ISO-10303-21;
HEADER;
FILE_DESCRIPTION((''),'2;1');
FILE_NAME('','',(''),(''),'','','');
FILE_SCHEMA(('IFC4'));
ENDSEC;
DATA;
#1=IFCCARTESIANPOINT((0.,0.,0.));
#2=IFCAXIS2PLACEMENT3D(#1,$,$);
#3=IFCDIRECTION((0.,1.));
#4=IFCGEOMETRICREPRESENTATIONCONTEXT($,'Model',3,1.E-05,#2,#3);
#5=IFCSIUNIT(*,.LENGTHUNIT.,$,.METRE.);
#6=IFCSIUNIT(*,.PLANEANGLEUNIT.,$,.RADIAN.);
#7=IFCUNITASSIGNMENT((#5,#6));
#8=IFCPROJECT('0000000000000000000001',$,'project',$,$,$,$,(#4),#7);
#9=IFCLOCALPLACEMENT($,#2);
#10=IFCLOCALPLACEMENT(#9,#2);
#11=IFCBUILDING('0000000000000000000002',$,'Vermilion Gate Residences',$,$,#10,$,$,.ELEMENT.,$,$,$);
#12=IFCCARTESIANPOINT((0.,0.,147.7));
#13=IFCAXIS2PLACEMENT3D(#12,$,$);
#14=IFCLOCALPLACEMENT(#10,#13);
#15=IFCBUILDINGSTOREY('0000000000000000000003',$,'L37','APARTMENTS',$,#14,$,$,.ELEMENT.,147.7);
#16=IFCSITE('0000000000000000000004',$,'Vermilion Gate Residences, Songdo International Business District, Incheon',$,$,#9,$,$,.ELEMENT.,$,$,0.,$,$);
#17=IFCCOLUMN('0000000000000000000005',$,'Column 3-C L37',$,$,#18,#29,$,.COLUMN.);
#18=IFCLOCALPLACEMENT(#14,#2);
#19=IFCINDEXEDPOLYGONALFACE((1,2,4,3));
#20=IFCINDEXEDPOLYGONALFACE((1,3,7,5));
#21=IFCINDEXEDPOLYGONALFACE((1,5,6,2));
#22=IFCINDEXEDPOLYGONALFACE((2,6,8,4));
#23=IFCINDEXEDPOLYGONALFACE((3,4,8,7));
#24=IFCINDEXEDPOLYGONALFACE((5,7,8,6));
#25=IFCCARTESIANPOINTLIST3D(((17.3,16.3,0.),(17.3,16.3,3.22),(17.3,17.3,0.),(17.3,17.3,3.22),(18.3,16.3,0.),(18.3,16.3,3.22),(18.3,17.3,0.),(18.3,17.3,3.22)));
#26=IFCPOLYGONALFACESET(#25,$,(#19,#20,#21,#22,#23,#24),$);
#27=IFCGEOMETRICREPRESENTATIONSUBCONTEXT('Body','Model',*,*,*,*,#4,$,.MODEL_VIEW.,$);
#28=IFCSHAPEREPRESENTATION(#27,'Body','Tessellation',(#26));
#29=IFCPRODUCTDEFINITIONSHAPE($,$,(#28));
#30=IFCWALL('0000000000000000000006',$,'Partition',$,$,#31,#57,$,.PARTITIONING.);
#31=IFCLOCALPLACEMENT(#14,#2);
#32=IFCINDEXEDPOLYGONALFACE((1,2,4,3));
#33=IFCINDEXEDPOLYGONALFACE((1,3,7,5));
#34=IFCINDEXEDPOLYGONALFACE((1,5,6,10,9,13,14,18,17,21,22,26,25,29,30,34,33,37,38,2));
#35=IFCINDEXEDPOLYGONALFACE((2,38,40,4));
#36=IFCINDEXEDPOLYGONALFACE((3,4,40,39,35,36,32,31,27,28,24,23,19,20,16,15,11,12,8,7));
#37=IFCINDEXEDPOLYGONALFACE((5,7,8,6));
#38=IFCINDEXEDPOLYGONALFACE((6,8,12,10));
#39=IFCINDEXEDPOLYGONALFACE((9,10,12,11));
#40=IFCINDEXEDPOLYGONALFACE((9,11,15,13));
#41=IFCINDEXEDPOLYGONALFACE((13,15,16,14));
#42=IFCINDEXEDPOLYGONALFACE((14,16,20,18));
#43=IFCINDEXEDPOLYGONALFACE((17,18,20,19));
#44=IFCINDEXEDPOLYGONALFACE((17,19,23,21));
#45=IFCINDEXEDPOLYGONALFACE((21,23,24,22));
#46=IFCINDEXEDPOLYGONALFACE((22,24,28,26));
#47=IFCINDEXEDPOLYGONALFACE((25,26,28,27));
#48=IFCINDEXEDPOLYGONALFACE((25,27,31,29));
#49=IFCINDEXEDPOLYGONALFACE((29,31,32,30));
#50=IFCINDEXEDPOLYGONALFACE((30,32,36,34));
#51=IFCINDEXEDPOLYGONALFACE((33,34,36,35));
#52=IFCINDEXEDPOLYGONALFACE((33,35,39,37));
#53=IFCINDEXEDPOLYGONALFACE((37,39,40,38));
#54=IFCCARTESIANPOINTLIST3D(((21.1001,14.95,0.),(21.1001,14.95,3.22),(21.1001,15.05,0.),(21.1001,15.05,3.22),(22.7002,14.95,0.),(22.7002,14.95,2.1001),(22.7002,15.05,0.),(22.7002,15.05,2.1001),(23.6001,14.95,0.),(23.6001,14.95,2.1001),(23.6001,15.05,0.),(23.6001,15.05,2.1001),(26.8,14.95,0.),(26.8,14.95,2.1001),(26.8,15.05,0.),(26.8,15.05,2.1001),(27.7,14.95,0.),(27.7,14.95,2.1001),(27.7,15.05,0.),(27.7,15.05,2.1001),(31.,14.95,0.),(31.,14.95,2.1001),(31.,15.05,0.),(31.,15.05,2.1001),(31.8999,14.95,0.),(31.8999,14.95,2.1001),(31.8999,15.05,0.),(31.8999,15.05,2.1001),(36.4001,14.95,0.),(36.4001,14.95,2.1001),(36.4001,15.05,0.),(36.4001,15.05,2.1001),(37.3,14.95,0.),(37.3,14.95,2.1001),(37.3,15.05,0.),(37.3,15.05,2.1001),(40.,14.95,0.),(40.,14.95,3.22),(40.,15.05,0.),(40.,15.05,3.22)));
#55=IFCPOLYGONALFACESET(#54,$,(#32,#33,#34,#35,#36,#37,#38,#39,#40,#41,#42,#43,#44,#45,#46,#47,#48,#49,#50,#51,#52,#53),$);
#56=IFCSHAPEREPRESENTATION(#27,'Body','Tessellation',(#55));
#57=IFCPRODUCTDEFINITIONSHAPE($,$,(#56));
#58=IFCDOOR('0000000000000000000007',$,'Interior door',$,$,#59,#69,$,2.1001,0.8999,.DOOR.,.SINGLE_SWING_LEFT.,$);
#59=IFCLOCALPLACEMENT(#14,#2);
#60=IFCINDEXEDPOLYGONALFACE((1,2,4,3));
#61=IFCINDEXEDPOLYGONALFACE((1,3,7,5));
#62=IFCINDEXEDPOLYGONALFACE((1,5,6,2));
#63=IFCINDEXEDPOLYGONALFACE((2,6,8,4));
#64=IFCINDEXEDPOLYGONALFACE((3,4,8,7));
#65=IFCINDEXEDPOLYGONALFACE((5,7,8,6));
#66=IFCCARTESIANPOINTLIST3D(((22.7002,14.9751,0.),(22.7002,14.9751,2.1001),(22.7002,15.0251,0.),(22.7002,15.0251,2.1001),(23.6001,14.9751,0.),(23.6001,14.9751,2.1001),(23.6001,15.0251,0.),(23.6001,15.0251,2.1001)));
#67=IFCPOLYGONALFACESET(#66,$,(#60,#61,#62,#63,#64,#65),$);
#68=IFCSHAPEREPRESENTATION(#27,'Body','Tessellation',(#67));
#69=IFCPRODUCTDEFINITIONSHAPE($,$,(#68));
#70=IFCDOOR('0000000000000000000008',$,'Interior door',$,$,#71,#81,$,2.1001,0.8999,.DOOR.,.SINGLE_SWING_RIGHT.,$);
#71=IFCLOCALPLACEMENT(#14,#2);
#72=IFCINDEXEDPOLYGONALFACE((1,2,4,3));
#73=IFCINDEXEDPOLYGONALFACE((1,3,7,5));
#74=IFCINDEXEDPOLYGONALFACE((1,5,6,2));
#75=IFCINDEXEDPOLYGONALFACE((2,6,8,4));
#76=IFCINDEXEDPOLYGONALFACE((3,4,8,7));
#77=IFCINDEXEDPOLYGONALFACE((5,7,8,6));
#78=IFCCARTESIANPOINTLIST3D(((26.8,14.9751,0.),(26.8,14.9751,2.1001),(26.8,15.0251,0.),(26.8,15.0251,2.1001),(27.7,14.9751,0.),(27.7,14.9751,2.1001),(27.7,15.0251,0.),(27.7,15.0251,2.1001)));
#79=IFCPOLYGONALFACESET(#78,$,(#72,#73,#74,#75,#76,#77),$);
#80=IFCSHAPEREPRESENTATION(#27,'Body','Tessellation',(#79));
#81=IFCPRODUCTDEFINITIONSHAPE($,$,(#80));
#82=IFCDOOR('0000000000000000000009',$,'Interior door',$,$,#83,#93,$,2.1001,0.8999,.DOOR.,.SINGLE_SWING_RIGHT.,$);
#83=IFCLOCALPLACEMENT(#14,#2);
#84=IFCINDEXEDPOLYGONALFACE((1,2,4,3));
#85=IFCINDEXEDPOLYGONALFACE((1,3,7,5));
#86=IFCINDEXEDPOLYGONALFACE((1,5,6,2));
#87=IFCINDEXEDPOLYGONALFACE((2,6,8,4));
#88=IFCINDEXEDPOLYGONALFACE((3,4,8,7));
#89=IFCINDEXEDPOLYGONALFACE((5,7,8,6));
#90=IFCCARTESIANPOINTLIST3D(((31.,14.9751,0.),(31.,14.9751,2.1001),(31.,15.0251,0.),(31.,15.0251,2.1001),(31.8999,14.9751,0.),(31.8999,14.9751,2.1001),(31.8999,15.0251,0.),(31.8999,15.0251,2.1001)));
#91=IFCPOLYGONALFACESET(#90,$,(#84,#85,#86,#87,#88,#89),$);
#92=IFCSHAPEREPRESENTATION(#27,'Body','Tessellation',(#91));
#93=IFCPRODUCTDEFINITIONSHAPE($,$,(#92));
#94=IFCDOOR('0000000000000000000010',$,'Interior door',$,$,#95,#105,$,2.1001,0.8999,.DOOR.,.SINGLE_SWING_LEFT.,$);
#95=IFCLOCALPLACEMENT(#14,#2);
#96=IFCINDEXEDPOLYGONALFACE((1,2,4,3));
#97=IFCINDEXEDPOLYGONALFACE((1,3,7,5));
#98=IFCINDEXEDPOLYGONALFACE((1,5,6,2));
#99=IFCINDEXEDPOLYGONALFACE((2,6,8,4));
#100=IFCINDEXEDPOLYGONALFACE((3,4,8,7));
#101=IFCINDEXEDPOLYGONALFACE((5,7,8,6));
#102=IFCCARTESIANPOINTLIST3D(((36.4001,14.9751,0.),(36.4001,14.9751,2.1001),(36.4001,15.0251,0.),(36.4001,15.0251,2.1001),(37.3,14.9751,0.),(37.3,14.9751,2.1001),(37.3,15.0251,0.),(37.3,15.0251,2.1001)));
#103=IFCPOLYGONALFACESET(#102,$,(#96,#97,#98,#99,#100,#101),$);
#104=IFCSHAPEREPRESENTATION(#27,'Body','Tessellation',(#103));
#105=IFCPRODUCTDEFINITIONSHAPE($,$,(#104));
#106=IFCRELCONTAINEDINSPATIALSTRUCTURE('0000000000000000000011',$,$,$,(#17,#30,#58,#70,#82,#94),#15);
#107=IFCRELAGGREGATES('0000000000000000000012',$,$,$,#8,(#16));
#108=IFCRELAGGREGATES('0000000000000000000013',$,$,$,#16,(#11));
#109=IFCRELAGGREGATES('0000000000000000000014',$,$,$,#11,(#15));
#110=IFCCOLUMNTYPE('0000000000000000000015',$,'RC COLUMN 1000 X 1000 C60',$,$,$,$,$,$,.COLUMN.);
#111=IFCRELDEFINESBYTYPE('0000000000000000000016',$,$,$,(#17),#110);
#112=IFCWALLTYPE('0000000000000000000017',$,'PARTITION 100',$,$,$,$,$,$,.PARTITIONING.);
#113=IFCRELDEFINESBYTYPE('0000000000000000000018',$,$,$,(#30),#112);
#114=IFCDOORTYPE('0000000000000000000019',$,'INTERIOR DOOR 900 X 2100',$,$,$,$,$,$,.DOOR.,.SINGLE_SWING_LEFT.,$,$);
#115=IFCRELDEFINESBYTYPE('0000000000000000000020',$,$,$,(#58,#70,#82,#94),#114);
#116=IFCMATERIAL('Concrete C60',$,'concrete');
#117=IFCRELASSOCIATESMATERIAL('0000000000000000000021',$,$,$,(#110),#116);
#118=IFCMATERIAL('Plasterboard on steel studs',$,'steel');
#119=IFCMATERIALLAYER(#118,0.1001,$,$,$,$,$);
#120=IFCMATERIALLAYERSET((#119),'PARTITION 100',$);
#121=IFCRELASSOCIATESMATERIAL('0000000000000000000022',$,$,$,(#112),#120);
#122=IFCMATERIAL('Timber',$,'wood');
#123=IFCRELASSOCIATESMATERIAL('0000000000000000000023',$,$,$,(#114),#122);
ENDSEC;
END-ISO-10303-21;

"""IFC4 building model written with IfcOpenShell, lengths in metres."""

from ifc_helpers import new_model, si_unit, direction, frame, frame_2d, origin, origin_2d, place, context, subcontext, project, spatial, rectangle, extrude, material, layer, layer_set, material_profile, profile_set, type_object, element, fill, save


model = new_model("IFC4")

# Units and contexts
model_context = context("Model", 3, precision=1e-05, world=origin(), true_north=direction((0.0, 1.0)))
body_context = subcontext(model_context, "Body", "Model", "MODEL_VIEW")
ifc_project = project(units=[si_unit("LENGTHUNIT", "METRE"), si_unit("PLANEANGLEUNIT", "RADIAN")], contexts=[model_context])

# Site, building, storey
site_placement = place(None, origin())
site = spatial("IfcSite", under=ifc_project, at=site_placement, Name="Vermilion Gate Residences, Songdo International Business District, Incheon", CompositionType="ELEMENT", RefElevation=0.0)
building_placement = place(site_placement, origin())
building = spatial("IfcBuilding", under=site, at=building_placement, Name="Vermilion Gate Residences", CompositionType="ELEMENT")
storey_placement = place(building_placement, frame((0.0, 0.0, 147.7)))
storey = spatial("IfcBuildingStorey", under=building, at=storey_placement, Name="L37", Description="APARTMENTS", CompositionType="ELEMENT", Elevation=147.7)

# Column
ifc_material_1 = material(Name="Concrete C60", Category="concrete")
ifc_material_profile = material_profile(ifc_material_1, rectangle(XDim=1.0, YDim=1.0, at=origin_2d()), Name="RC-1000x1000")
ifc_profile_set = profile_set([ifc_material_profile], Name="Concrete C60")
column_type = type_object("IfcColumnType", Name="RC COLUMN 1000 X 1000 C60", PredefinedType="COLUMN", material=ifc_profile_set)
column_placement = place(storey_placement, frame((17.8, 16.8, 0.0), z_axis=(0.0, 0.0, 1.0), x_axis=(1.0, 0.0, 0.0)))
element("IfcColumn", 1, at=column_placement, inside=storey, type_object=column_type, Name="Column 3-C L37", PredefinedType="COLUMN", context=body_context, shape_type="SweptSolid", body=[
    extrude(rectangle(XDim=1.0, YDim=1.0, at=origin_2d()), origin(), (0.0, 0.0, 1.0), 3.22),
])

# Wall, openings, doors
ifc_material_2 = material(Name="Plasterboard on steel studs", Category="steel")
ifc_layer_1 = layer(ifc_material_2, 0.1001)
ifc_layer_set_1 = layer_set([ifc_layer_1], Name="PARTITION 100")
wall_type_1 = type_object("IfcWallType", Name="PARTITION 100", PredefinedType="PARTITIONING", material=ifc_layer_set_1)
wall_1_placement = place(storey_placement, frame((21.1001, 15.0, 0.0), z_axis=(0.0, 0.0, 1.0), x_axis=(1.0, 0.0, 0.0)))
wall_1 = element("IfcWall", 2, at=wall_1_placement, inside=storey, type_object=wall_type_1, Name="Partition", PredefinedType="PARTITIONING", context=body_context, shape_type="SweptSolid", body=[
    extrude(rectangle(XDim=18.8999, YDim=0.1001, at=frame_2d((9.45, 0.0))), origin(), (0.0, 0.0, 1.0), 3.22),
])
opening_1_placement = place(wall_1_placement, frame((1.6001, 0.0, 0.0)))
opening_1 = element("IfcOpeningElement", 3, at=opening_1_placement, cuts=wall_1, PredefinedType="OPENING", context=body_context, shape_type="SweptSolid", body=[
    extrude(rectangle(XDim=0.8999, YDim=2.1001, at=frame_2d((0.45, 1.05))), frame((0.0, 0.0601, 0.0), z_axis=(0.0, -1.0, 0.0), x_axis=(1.0, 0.0, 0.0)), (0.0, 0.0, 1.0), 0.1201),
])
opening_2_placement = place(wall_1_placement, frame((5.7, 0.0, 0.0)))
opening_2 = element("IfcOpeningElement", 4, at=opening_2_placement, cuts=wall_1, PredefinedType="OPENING", context=body_context, shape_type="SweptSolid", body=[
    extrude(rectangle(XDim=0.8999, YDim=2.1001, at=frame_2d((0.45, 1.05))), frame((0.0, 0.0601, 0.0), z_axis=(0.0, -1.0, 0.0), x_axis=(1.0, 0.0, 0.0)), (0.0, 0.0, 1.0), 0.1201),
])
opening_3_placement = place(wall_1_placement, frame((9.8999, 0.0, 0.0)))
opening_3 = element("IfcOpeningElement", 5, at=opening_3_placement, cuts=wall_1, PredefinedType="OPENING", context=body_context, shape_type="SweptSolid", body=[
    extrude(rectangle(XDim=0.8999, YDim=2.1001, at=frame_2d((0.45, 1.05))), frame((0.0, 0.0601, 0.0), z_axis=(0.0, -1.0, 0.0), x_axis=(1.0, 0.0, 0.0)), (0.0, 0.0, 1.0), 0.1201),
])
opening_4_placement = place(wall_1_placement, frame((15.3, 0.0, 0.0)))
opening_4 = element("IfcOpeningElement", 6, at=opening_4_placement, cuts=wall_1, PredefinedType="OPENING", context=body_context, shape_type="SweptSolid", body=[
    extrude(rectangle(XDim=0.8999, YDim=2.1001, at=frame_2d((0.45, 1.05))), frame((0.0, 0.0601, 0.0), z_axis=(0.0, -1.0, 0.0), x_axis=(1.0, 0.0, 0.0)), (0.0, 0.0, 1.0), 0.1201),
])
ifc_material_3 = material(Name="Timber", Category="wood")
door_type_1 = type_object("IfcDoorType", Name="INTERIOR DOOR 900 X 2100", OperationType="SINGLE_SWING_LEFT", PredefinedType="DOOR", material=ifc_material_3)
door_1_placement = place(opening_1_placement, frame((0.8999, 0.0, 0.0), z_axis=(0.0, 0.0, 1.0), x_axis=(-1.0, 0.0, 0.0)))
door_1 = element("IfcDoor", 7, at=door_1_placement, inside=storey, type_object=door_type_1, Name="Interior door", OperationType="SINGLE_SWING_LEFT", OverallHeight=2.1001, OverallWidth=0.8999, PredefinedType="DOOR", context=body_context, shape_type="SweptSolid", body=[
    extrude(rectangle(XDim=0.8999, YDim=2.1001, at=frame_2d((0.45, 1.05))), frame((0.0, 0.0249, 0.0), z_axis=(0.0, -1.0, 0.0), x_axis=(1.0, 0.0, 0.0)), (0.0, 0.0, 1.0), 0.05),
])
fill(opening_1, door_1)
door_2_placement = place(opening_2_placement, frame((0.8999, 0.0, 0.0), z_axis=(0.0, 0.0, 1.0), x_axis=(-1.0, 0.0, 0.0)))
door_2 = element("IfcDoor", 8, at=door_2_placement, inside=storey, type_object=door_type_1, Name="Interior door", OperationType="SINGLE_SWING_RIGHT", OverallHeight=2.1001, OverallWidth=0.8999, PredefinedType="DOOR", context=body_context, shape_type="SweptSolid", body=[
    extrude(rectangle(XDim=0.8999, YDim=2.1001, at=frame_2d((0.45, 1.05))), frame((0.0, 0.0249, 0.0), z_axis=(0.0, -1.0, 0.0), x_axis=(1.0, 0.0, 0.0)), (0.0, 0.0, 1.0), 0.05),
])
fill(opening_2, door_2)
door_3_placement = place(opening_3_placement, frame((0.8999, 0.0, 0.0), z_axis=(0.0, 0.0, 1.0), x_axis=(-1.0, 0.0, 0.0)))
door_3 = element("IfcDoor", 9, at=door_3_placement, inside=storey, type_object=door_type_1, Name="Interior door", OperationType="SINGLE_SWING_RIGHT", OverallHeight=2.1001, OverallWidth=0.8999, PredefinedType="DOOR", context=body_context, shape_type="SweptSolid", body=[
    extrude(rectangle(XDim=0.8999, YDim=2.1001, at=frame_2d((0.45, 1.05))), frame((0.0, 0.0249, 0.0), z_axis=(0.0, -1.0, 0.0), x_axis=(1.0, 0.0, 0.0)), (0.0, 0.0, 1.0), 0.05),
])
fill(opening_3, door_3)
door_4_placement = place(opening_4_placement, frame((0.8999, 0.0, 0.0), z_axis=(0.0, 0.0, 1.0), x_axis=(-1.0, 0.0, 0.0)))
door_4 = element("IfcDoor", 10, at=door_4_placement, inside=storey, type_object=door_type_1, Name="Interior door", OperationType="SINGLE_SWING_LEFT", OverallHeight=2.1001, OverallWidth=0.8999, PredefinedType="DOOR", context=body_context, shape_type="SweptSolid", body=[
    extrude(rectangle(XDim=0.8999, YDim=2.1001, at=frame_2d((0.45, 1.05))), frame((0.0, 0.0249, 0.0), z_axis=(0.0, -1.0, 0.0), x_axis=(1.0, 0.0, 0.0)), (0.0, 0.0, 1.0), 0.05),
])
fill(opening_4, door_4)

save(model, "model.ifc")
